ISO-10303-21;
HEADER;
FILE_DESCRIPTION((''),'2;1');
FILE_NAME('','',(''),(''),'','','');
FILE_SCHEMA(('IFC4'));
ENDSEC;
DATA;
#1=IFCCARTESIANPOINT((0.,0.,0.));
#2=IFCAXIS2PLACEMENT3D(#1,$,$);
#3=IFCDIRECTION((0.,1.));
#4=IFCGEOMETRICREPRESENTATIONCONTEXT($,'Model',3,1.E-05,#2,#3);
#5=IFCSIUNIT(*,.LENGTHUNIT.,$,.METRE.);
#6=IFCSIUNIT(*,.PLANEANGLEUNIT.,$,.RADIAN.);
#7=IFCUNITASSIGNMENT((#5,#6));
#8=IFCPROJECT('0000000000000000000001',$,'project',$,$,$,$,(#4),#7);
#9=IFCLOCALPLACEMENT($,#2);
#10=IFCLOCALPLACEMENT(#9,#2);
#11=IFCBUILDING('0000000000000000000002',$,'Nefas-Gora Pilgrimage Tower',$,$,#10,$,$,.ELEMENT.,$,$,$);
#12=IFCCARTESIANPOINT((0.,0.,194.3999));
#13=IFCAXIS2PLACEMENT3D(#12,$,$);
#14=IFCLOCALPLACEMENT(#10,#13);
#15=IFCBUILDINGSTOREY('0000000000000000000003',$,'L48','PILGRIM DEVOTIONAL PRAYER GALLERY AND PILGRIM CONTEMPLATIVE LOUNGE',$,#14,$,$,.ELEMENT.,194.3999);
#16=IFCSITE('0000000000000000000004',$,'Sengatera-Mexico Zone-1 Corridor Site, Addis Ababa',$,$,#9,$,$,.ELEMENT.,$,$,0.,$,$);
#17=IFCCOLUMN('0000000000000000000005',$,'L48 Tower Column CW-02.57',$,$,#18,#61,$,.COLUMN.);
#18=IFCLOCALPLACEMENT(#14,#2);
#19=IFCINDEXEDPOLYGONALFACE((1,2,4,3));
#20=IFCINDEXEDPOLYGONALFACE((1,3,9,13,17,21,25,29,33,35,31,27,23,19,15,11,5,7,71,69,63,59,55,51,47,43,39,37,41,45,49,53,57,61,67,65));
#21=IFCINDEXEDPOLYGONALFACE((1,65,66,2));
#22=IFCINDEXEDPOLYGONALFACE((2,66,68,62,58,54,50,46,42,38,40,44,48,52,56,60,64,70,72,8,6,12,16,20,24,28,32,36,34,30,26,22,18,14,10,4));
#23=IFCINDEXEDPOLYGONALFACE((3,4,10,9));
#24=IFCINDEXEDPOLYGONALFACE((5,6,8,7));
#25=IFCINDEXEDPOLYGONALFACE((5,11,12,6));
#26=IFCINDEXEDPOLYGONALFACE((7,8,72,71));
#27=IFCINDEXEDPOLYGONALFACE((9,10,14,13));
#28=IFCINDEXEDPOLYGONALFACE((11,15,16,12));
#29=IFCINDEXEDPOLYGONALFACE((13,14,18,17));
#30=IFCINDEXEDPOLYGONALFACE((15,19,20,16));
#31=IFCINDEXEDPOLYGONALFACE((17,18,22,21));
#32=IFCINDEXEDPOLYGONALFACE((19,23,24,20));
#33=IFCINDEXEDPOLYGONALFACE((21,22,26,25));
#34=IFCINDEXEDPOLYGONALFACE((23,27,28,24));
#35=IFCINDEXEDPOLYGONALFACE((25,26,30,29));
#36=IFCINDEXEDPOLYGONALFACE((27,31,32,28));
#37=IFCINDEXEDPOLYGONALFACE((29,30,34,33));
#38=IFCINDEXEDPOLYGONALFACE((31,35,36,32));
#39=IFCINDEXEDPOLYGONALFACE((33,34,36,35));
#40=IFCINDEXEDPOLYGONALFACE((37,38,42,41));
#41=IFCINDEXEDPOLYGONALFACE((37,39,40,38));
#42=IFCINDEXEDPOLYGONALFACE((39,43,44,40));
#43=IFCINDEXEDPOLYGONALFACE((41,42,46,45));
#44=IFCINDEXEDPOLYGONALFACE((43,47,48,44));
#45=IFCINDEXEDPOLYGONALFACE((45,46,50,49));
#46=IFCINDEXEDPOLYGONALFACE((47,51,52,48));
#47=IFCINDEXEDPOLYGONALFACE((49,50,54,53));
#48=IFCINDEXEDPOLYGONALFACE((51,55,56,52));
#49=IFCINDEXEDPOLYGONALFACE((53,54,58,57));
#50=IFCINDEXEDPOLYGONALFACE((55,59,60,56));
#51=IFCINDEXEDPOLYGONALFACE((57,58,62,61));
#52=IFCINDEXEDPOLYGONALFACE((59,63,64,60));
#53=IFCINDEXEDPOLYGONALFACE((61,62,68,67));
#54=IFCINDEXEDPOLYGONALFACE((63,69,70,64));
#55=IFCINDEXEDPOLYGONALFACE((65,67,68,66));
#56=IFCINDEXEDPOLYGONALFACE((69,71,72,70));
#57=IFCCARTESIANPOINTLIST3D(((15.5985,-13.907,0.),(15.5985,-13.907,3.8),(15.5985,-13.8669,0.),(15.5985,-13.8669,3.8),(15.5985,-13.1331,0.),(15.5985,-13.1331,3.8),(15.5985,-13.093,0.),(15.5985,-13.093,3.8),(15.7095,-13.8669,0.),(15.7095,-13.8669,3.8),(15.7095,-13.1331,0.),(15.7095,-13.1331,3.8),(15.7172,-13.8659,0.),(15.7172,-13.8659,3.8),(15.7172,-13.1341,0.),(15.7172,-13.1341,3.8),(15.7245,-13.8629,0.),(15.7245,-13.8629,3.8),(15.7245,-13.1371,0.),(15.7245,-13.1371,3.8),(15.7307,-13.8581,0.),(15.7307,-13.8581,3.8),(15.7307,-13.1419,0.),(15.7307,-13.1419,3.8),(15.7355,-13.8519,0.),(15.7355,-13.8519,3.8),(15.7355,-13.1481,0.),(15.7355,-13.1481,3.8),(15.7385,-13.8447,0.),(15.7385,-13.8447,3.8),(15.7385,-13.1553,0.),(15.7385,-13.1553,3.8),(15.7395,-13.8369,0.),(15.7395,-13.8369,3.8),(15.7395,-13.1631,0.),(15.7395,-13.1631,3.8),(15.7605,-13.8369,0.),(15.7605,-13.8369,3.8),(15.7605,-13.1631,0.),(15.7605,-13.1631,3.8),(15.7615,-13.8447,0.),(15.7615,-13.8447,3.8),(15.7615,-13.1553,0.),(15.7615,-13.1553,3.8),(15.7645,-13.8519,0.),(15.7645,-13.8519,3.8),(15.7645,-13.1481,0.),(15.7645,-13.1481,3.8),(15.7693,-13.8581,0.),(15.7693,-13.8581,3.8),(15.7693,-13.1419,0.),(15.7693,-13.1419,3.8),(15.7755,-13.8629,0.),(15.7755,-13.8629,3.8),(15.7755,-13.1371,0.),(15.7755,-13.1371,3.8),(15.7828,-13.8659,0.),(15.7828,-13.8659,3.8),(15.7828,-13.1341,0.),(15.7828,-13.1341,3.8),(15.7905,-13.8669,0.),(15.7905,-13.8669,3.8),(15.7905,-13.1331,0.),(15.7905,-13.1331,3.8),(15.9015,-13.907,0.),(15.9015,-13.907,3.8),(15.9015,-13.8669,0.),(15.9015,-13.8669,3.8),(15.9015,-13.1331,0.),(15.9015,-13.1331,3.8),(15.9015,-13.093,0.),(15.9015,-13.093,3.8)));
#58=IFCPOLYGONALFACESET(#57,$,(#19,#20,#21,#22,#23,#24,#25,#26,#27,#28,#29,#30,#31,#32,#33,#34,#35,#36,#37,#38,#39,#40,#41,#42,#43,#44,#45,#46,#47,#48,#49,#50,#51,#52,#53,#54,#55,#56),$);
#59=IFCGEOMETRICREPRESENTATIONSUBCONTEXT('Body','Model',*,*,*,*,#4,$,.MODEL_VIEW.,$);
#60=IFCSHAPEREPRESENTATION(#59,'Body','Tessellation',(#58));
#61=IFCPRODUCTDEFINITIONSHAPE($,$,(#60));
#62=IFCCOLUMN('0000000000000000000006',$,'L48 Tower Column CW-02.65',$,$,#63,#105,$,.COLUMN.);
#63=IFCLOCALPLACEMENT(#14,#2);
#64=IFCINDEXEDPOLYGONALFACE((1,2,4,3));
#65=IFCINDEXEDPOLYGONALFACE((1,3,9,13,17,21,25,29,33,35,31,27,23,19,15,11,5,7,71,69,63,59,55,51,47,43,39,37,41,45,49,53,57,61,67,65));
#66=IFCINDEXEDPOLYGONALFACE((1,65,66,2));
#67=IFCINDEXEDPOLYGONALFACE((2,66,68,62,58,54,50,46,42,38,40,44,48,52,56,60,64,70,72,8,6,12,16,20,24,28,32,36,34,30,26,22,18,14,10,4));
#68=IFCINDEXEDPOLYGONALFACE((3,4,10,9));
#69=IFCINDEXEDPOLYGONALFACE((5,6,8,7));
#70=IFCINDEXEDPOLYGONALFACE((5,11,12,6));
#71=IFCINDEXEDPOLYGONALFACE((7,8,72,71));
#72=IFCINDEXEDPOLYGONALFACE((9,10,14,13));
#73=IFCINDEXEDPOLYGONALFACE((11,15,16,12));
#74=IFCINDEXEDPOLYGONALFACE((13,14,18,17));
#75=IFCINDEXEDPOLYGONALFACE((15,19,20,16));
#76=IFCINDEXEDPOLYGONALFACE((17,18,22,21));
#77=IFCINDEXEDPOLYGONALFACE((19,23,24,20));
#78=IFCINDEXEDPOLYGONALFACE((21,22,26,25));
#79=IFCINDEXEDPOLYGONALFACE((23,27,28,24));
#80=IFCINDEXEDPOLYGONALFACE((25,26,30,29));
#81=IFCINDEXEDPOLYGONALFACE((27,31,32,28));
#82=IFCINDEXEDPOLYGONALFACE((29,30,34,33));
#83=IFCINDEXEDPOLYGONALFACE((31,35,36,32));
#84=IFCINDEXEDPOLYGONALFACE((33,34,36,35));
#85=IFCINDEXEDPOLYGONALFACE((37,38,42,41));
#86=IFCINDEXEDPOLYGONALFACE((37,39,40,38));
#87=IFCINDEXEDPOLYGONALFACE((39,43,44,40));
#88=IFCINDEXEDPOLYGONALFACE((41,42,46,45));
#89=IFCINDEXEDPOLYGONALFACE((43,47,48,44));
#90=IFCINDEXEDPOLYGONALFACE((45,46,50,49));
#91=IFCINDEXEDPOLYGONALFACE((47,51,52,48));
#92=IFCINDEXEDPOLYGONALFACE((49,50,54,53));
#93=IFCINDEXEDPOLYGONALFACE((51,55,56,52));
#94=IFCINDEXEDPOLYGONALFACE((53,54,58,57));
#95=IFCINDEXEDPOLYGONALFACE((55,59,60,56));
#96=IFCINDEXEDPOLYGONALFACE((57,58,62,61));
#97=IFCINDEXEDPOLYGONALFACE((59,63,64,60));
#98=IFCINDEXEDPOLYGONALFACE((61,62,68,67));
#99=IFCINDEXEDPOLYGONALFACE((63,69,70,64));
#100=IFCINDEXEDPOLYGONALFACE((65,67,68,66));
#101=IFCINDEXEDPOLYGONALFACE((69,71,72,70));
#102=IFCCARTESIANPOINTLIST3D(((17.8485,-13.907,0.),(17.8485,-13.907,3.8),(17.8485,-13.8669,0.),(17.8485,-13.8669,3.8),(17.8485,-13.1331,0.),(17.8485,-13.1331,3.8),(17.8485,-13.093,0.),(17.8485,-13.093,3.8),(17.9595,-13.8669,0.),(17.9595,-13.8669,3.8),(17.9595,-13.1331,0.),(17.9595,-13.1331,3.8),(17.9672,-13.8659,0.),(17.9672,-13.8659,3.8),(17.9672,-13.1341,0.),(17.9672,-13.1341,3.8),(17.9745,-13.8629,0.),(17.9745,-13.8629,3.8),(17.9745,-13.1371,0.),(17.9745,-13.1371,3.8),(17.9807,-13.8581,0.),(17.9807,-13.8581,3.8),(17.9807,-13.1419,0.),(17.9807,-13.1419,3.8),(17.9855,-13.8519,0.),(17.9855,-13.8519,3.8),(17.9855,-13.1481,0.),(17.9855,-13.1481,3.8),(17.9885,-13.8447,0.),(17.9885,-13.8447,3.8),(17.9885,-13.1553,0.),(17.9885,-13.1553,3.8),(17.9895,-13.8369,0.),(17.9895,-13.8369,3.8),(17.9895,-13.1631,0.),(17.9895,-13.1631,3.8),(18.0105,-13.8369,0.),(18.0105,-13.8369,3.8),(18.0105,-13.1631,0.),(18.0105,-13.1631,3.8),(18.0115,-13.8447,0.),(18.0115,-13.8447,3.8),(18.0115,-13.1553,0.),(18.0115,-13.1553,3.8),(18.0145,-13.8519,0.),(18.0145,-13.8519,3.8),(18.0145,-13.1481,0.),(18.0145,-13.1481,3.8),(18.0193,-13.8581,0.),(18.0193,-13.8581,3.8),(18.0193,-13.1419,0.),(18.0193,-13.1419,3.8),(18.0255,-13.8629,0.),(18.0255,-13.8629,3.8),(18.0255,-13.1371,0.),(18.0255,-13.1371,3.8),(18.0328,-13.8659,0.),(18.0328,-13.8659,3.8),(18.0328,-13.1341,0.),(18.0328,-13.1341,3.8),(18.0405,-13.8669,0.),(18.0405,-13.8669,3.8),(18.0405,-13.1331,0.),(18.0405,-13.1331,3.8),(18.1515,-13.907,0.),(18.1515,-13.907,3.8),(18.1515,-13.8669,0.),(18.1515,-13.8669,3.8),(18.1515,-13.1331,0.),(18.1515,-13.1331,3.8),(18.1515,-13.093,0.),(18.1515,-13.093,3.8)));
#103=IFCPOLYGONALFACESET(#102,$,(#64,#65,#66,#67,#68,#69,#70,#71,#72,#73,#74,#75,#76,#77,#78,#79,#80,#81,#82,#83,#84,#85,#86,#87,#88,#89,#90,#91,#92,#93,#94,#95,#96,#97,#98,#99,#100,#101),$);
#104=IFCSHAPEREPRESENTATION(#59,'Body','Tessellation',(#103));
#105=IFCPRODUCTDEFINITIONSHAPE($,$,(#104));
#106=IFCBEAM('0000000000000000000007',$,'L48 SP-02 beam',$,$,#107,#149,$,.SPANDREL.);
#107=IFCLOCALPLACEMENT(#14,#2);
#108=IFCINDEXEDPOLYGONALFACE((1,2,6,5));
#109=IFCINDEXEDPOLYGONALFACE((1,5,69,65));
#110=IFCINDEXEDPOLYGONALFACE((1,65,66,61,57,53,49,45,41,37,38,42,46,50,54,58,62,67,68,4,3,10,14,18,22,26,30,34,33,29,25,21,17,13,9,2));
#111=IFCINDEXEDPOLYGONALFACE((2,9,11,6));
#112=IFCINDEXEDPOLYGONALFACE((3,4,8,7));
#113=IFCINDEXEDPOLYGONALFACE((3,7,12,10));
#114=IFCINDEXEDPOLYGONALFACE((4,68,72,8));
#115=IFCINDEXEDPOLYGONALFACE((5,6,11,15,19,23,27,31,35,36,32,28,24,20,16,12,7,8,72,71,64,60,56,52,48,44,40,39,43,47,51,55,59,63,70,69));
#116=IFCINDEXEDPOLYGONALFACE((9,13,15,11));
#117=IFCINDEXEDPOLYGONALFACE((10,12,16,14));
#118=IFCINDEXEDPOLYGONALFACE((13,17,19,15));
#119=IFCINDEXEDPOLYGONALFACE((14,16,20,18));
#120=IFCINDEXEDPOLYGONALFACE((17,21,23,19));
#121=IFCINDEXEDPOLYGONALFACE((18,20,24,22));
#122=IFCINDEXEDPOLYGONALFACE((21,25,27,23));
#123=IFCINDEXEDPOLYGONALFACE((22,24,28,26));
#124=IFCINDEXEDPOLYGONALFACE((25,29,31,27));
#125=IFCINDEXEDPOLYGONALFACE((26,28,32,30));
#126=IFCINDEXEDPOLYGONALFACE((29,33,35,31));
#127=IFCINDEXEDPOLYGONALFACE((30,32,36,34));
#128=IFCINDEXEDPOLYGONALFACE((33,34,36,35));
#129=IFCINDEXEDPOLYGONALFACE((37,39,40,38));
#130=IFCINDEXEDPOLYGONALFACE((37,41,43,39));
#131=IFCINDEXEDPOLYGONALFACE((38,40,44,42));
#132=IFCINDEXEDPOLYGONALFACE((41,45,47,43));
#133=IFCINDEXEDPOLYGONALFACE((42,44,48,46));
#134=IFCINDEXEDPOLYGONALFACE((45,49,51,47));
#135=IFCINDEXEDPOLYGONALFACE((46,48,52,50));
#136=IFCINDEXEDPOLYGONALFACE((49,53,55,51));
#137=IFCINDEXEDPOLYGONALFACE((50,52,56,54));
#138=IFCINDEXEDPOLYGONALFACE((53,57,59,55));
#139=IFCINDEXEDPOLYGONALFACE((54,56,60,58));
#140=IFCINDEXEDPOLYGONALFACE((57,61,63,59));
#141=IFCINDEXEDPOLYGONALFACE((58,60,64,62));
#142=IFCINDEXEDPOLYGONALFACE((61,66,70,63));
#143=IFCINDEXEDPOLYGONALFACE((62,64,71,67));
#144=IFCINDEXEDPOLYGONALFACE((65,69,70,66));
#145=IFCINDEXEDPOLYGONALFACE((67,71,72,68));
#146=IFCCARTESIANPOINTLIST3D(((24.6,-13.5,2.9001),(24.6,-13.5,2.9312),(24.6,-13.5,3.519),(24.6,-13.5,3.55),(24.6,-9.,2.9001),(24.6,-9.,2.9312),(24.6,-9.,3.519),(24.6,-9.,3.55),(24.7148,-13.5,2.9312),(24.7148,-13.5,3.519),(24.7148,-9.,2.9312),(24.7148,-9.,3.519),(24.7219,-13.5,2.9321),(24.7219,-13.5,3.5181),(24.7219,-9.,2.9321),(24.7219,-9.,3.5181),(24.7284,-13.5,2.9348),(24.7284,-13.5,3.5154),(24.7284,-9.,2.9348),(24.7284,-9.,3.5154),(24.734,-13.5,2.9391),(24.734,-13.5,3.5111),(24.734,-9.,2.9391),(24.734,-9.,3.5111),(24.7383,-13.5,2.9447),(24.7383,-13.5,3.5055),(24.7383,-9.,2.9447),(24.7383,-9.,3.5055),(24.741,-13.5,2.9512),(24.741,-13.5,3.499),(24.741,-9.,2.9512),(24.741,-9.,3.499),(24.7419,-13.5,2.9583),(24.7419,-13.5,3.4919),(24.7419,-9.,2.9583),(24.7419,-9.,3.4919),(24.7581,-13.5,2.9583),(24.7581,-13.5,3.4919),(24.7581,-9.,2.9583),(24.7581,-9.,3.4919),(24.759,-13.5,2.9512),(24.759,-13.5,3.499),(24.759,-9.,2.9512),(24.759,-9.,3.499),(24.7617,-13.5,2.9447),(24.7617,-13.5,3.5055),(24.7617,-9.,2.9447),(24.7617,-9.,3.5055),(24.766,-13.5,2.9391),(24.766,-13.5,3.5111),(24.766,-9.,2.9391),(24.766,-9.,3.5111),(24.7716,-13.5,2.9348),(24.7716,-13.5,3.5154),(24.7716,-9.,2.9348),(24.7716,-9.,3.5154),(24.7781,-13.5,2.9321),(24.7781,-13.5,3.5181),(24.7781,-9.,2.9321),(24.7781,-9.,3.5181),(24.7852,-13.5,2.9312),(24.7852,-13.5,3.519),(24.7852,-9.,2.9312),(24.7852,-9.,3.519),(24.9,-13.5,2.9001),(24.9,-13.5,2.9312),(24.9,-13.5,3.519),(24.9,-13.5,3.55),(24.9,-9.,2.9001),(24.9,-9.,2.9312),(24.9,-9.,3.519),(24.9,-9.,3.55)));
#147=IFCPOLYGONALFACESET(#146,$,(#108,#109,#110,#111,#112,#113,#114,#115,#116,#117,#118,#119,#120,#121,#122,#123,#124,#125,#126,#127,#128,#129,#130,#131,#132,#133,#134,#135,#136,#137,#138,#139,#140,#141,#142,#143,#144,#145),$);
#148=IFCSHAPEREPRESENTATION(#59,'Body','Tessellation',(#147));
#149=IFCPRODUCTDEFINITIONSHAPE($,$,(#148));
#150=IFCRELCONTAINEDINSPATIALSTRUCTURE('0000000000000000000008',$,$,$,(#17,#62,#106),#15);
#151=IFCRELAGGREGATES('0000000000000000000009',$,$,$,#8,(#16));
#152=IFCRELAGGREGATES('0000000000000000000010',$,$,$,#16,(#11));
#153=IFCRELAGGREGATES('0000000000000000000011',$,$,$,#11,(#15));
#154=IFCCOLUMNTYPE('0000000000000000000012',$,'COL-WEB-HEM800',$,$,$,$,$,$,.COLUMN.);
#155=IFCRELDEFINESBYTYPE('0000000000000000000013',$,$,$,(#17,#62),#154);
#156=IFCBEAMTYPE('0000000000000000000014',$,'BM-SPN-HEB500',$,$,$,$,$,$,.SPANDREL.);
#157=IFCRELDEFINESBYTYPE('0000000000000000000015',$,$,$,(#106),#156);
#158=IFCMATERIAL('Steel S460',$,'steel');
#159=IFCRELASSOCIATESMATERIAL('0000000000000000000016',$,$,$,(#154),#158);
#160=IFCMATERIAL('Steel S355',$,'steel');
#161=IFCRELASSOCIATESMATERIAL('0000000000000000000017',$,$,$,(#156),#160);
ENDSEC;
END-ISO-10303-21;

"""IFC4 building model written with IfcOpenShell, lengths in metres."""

from ifc_helpers import new_model, si_unit, direction, frame, origin, origin_2d, place, context, subcontext, project, spatial, i_section, extrude, source, transform, mapped, material, material_profile, profile_set, type_object, element, save


model = new_model("IFC4")

# Units and contexts
model_context = context("Model", 3, precision=1e-05, world=origin(), true_north=direction((0.0, 1.0)))
body_context = subcontext(model_context, "Body", "Model", "MODEL_VIEW")
ifc_project = project(units=[si_unit("LENGTHUNIT", "METRE"), si_unit("PLANEANGLEUNIT", "RADIAN")], contexts=[model_context])

# Site, building, storey
site_placement = place(None, origin())
site = spatial("IfcSite", under=ifc_project, at=site_placement, Name="Sengatera-Mexico Zone-1 Corridor Site, Addis Ababa", CompositionType="ELEMENT", RefElevation=0.0)
building_placement = place(site_placement, origin())
building = spatial("IfcBuilding", under=site, at=building_placement, Name="Nefas-Gora Pilgrimage Tower", CompositionType="ELEMENT")
storey_placement = place(building_placement, frame((0.0, 0.0, 194.3999)))
storey = spatial("IfcBuildingStorey", under=building, at=storey_placement, Name="L48", Description="PILGRIM DEVOTIONAL PRAYER GALLERY AND PILGRIM CONTEMPLATIVE LOUNGE", CompositionType="ELEMENT", Elevation=194.3999)

# Columns
ifc_material_1 = material(Name="Steel S460", Category="steel")
ifc_material_profile_1 = material_profile(ifc_material_1, i_section(OverallWidth=0.303, OverallDepth=0.814, WebThickness=0.021, FlangeThickness=0.04, FilletRadius=0.03, at=origin_2d()), Name="HEM 800")
ifc_profile_set_1 = profile_set([ifc_material_profile_1], Name="Steel S460")
column_type_1 = type_object("IfcColumnType", Name="COL-WEB-HEM800", PredefinedType="COLUMN", material=ifc_profile_set_1)
shared_shape_1 = source(origin(), body_context, "Body", "SweptSolid", [
    extrude(i_section(OverallWidth=0.303, OverallDepth=0.814, WebThickness=0.021, FlangeThickness=0.04, FilletRadius=0.03, at=origin_2d()), origin(), (0.0, 0.0, 1.0), 3.8),
])
for number, where, z_axis, x_axis, name in (
    (1, (15.75, -13.5, 0.0), (0.0, 0.0, 1.0), (1.0, 0.0, 0.0), "L48 Tower Column CW-02.57"),
    (2, (18.0, -13.5, 0.0), (0.0, 0.0, 1.0), (1.0, 0.0, 0.0), "L48 Tower Column CW-02.65"),
):
    element("IfcColumn", number, at=place(storey_placement, frame(where, z_axis=z_axis, x_axis=x_axis)), inside=storey, type_object=column_type_1, Name=name, PredefinedType="COLUMN", context=body_context, shape_type="MappedRepresentation", body=[
        mapped(shared_shape_1, transform((0.0, 0.0, 0.0), x_axis=(1.0, 0.0, 0.0), y_axis=(0.0, 1.0, 0.0), z_axis=(0.0, 0.0, 1.0), scale=1.0)),
    ])

# Beam
ifc_material_2 = material(Name="Steel S355", Category="steel")
ifc_material_profile_2 = material_profile(ifc_material_2, i_section(OverallWidth=0.3, OverallDepth=0.6499, WebThickness=0.0161, FlangeThickness=0.031, FilletRadius=0.0271, at=origin_2d()), Name="HEB 650")
ifc_profile_set_2 = profile_set([ifc_material_profile_2], Name="Steel S355")
beam_type_1 = type_object("IfcBeamType", Name="BM-SPN-HEB500", PredefinedType="SPANDREL", material=ifc_profile_set_2)
shared_shape_2 = source(origin(), body_context, "Body", "SweptSolid", [
    extrude(i_section(OverallWidth=0.3, OverallDepth=0.6499, WebThickness=0.0161, FlangeThickness=0.031, FilletRadius=0.0271, at=origin_2d()), origin(), (0.0, 0.0, 1.0), 4.5),
])
beam_1_placement = place(storey_placement, frame((24.75, -13.5, 3.2251), z_axis=(0.0, 1.0, 0.0), x_axis=(-1.0, 0.0, 0.0)))
element("IfcBeam", 3, at=beam_1_placement, inside=storey, type_object=beam_type_1, Name="L48 SP-02 beam", PredefinedType="SPANDREL", context=body_context, shape_type="MappedRepresentation", body=[
    mapped(shared_shape_2, transform((0.0, 0.0, 0.0), x_axis=(1.0, 0.0, 0.0), y_axis=(0.0, 1.0, 0.0), z_axis=(0.0, 0.0, 1.0), scale=1.0)),
])

save(model, "model.ifc")
